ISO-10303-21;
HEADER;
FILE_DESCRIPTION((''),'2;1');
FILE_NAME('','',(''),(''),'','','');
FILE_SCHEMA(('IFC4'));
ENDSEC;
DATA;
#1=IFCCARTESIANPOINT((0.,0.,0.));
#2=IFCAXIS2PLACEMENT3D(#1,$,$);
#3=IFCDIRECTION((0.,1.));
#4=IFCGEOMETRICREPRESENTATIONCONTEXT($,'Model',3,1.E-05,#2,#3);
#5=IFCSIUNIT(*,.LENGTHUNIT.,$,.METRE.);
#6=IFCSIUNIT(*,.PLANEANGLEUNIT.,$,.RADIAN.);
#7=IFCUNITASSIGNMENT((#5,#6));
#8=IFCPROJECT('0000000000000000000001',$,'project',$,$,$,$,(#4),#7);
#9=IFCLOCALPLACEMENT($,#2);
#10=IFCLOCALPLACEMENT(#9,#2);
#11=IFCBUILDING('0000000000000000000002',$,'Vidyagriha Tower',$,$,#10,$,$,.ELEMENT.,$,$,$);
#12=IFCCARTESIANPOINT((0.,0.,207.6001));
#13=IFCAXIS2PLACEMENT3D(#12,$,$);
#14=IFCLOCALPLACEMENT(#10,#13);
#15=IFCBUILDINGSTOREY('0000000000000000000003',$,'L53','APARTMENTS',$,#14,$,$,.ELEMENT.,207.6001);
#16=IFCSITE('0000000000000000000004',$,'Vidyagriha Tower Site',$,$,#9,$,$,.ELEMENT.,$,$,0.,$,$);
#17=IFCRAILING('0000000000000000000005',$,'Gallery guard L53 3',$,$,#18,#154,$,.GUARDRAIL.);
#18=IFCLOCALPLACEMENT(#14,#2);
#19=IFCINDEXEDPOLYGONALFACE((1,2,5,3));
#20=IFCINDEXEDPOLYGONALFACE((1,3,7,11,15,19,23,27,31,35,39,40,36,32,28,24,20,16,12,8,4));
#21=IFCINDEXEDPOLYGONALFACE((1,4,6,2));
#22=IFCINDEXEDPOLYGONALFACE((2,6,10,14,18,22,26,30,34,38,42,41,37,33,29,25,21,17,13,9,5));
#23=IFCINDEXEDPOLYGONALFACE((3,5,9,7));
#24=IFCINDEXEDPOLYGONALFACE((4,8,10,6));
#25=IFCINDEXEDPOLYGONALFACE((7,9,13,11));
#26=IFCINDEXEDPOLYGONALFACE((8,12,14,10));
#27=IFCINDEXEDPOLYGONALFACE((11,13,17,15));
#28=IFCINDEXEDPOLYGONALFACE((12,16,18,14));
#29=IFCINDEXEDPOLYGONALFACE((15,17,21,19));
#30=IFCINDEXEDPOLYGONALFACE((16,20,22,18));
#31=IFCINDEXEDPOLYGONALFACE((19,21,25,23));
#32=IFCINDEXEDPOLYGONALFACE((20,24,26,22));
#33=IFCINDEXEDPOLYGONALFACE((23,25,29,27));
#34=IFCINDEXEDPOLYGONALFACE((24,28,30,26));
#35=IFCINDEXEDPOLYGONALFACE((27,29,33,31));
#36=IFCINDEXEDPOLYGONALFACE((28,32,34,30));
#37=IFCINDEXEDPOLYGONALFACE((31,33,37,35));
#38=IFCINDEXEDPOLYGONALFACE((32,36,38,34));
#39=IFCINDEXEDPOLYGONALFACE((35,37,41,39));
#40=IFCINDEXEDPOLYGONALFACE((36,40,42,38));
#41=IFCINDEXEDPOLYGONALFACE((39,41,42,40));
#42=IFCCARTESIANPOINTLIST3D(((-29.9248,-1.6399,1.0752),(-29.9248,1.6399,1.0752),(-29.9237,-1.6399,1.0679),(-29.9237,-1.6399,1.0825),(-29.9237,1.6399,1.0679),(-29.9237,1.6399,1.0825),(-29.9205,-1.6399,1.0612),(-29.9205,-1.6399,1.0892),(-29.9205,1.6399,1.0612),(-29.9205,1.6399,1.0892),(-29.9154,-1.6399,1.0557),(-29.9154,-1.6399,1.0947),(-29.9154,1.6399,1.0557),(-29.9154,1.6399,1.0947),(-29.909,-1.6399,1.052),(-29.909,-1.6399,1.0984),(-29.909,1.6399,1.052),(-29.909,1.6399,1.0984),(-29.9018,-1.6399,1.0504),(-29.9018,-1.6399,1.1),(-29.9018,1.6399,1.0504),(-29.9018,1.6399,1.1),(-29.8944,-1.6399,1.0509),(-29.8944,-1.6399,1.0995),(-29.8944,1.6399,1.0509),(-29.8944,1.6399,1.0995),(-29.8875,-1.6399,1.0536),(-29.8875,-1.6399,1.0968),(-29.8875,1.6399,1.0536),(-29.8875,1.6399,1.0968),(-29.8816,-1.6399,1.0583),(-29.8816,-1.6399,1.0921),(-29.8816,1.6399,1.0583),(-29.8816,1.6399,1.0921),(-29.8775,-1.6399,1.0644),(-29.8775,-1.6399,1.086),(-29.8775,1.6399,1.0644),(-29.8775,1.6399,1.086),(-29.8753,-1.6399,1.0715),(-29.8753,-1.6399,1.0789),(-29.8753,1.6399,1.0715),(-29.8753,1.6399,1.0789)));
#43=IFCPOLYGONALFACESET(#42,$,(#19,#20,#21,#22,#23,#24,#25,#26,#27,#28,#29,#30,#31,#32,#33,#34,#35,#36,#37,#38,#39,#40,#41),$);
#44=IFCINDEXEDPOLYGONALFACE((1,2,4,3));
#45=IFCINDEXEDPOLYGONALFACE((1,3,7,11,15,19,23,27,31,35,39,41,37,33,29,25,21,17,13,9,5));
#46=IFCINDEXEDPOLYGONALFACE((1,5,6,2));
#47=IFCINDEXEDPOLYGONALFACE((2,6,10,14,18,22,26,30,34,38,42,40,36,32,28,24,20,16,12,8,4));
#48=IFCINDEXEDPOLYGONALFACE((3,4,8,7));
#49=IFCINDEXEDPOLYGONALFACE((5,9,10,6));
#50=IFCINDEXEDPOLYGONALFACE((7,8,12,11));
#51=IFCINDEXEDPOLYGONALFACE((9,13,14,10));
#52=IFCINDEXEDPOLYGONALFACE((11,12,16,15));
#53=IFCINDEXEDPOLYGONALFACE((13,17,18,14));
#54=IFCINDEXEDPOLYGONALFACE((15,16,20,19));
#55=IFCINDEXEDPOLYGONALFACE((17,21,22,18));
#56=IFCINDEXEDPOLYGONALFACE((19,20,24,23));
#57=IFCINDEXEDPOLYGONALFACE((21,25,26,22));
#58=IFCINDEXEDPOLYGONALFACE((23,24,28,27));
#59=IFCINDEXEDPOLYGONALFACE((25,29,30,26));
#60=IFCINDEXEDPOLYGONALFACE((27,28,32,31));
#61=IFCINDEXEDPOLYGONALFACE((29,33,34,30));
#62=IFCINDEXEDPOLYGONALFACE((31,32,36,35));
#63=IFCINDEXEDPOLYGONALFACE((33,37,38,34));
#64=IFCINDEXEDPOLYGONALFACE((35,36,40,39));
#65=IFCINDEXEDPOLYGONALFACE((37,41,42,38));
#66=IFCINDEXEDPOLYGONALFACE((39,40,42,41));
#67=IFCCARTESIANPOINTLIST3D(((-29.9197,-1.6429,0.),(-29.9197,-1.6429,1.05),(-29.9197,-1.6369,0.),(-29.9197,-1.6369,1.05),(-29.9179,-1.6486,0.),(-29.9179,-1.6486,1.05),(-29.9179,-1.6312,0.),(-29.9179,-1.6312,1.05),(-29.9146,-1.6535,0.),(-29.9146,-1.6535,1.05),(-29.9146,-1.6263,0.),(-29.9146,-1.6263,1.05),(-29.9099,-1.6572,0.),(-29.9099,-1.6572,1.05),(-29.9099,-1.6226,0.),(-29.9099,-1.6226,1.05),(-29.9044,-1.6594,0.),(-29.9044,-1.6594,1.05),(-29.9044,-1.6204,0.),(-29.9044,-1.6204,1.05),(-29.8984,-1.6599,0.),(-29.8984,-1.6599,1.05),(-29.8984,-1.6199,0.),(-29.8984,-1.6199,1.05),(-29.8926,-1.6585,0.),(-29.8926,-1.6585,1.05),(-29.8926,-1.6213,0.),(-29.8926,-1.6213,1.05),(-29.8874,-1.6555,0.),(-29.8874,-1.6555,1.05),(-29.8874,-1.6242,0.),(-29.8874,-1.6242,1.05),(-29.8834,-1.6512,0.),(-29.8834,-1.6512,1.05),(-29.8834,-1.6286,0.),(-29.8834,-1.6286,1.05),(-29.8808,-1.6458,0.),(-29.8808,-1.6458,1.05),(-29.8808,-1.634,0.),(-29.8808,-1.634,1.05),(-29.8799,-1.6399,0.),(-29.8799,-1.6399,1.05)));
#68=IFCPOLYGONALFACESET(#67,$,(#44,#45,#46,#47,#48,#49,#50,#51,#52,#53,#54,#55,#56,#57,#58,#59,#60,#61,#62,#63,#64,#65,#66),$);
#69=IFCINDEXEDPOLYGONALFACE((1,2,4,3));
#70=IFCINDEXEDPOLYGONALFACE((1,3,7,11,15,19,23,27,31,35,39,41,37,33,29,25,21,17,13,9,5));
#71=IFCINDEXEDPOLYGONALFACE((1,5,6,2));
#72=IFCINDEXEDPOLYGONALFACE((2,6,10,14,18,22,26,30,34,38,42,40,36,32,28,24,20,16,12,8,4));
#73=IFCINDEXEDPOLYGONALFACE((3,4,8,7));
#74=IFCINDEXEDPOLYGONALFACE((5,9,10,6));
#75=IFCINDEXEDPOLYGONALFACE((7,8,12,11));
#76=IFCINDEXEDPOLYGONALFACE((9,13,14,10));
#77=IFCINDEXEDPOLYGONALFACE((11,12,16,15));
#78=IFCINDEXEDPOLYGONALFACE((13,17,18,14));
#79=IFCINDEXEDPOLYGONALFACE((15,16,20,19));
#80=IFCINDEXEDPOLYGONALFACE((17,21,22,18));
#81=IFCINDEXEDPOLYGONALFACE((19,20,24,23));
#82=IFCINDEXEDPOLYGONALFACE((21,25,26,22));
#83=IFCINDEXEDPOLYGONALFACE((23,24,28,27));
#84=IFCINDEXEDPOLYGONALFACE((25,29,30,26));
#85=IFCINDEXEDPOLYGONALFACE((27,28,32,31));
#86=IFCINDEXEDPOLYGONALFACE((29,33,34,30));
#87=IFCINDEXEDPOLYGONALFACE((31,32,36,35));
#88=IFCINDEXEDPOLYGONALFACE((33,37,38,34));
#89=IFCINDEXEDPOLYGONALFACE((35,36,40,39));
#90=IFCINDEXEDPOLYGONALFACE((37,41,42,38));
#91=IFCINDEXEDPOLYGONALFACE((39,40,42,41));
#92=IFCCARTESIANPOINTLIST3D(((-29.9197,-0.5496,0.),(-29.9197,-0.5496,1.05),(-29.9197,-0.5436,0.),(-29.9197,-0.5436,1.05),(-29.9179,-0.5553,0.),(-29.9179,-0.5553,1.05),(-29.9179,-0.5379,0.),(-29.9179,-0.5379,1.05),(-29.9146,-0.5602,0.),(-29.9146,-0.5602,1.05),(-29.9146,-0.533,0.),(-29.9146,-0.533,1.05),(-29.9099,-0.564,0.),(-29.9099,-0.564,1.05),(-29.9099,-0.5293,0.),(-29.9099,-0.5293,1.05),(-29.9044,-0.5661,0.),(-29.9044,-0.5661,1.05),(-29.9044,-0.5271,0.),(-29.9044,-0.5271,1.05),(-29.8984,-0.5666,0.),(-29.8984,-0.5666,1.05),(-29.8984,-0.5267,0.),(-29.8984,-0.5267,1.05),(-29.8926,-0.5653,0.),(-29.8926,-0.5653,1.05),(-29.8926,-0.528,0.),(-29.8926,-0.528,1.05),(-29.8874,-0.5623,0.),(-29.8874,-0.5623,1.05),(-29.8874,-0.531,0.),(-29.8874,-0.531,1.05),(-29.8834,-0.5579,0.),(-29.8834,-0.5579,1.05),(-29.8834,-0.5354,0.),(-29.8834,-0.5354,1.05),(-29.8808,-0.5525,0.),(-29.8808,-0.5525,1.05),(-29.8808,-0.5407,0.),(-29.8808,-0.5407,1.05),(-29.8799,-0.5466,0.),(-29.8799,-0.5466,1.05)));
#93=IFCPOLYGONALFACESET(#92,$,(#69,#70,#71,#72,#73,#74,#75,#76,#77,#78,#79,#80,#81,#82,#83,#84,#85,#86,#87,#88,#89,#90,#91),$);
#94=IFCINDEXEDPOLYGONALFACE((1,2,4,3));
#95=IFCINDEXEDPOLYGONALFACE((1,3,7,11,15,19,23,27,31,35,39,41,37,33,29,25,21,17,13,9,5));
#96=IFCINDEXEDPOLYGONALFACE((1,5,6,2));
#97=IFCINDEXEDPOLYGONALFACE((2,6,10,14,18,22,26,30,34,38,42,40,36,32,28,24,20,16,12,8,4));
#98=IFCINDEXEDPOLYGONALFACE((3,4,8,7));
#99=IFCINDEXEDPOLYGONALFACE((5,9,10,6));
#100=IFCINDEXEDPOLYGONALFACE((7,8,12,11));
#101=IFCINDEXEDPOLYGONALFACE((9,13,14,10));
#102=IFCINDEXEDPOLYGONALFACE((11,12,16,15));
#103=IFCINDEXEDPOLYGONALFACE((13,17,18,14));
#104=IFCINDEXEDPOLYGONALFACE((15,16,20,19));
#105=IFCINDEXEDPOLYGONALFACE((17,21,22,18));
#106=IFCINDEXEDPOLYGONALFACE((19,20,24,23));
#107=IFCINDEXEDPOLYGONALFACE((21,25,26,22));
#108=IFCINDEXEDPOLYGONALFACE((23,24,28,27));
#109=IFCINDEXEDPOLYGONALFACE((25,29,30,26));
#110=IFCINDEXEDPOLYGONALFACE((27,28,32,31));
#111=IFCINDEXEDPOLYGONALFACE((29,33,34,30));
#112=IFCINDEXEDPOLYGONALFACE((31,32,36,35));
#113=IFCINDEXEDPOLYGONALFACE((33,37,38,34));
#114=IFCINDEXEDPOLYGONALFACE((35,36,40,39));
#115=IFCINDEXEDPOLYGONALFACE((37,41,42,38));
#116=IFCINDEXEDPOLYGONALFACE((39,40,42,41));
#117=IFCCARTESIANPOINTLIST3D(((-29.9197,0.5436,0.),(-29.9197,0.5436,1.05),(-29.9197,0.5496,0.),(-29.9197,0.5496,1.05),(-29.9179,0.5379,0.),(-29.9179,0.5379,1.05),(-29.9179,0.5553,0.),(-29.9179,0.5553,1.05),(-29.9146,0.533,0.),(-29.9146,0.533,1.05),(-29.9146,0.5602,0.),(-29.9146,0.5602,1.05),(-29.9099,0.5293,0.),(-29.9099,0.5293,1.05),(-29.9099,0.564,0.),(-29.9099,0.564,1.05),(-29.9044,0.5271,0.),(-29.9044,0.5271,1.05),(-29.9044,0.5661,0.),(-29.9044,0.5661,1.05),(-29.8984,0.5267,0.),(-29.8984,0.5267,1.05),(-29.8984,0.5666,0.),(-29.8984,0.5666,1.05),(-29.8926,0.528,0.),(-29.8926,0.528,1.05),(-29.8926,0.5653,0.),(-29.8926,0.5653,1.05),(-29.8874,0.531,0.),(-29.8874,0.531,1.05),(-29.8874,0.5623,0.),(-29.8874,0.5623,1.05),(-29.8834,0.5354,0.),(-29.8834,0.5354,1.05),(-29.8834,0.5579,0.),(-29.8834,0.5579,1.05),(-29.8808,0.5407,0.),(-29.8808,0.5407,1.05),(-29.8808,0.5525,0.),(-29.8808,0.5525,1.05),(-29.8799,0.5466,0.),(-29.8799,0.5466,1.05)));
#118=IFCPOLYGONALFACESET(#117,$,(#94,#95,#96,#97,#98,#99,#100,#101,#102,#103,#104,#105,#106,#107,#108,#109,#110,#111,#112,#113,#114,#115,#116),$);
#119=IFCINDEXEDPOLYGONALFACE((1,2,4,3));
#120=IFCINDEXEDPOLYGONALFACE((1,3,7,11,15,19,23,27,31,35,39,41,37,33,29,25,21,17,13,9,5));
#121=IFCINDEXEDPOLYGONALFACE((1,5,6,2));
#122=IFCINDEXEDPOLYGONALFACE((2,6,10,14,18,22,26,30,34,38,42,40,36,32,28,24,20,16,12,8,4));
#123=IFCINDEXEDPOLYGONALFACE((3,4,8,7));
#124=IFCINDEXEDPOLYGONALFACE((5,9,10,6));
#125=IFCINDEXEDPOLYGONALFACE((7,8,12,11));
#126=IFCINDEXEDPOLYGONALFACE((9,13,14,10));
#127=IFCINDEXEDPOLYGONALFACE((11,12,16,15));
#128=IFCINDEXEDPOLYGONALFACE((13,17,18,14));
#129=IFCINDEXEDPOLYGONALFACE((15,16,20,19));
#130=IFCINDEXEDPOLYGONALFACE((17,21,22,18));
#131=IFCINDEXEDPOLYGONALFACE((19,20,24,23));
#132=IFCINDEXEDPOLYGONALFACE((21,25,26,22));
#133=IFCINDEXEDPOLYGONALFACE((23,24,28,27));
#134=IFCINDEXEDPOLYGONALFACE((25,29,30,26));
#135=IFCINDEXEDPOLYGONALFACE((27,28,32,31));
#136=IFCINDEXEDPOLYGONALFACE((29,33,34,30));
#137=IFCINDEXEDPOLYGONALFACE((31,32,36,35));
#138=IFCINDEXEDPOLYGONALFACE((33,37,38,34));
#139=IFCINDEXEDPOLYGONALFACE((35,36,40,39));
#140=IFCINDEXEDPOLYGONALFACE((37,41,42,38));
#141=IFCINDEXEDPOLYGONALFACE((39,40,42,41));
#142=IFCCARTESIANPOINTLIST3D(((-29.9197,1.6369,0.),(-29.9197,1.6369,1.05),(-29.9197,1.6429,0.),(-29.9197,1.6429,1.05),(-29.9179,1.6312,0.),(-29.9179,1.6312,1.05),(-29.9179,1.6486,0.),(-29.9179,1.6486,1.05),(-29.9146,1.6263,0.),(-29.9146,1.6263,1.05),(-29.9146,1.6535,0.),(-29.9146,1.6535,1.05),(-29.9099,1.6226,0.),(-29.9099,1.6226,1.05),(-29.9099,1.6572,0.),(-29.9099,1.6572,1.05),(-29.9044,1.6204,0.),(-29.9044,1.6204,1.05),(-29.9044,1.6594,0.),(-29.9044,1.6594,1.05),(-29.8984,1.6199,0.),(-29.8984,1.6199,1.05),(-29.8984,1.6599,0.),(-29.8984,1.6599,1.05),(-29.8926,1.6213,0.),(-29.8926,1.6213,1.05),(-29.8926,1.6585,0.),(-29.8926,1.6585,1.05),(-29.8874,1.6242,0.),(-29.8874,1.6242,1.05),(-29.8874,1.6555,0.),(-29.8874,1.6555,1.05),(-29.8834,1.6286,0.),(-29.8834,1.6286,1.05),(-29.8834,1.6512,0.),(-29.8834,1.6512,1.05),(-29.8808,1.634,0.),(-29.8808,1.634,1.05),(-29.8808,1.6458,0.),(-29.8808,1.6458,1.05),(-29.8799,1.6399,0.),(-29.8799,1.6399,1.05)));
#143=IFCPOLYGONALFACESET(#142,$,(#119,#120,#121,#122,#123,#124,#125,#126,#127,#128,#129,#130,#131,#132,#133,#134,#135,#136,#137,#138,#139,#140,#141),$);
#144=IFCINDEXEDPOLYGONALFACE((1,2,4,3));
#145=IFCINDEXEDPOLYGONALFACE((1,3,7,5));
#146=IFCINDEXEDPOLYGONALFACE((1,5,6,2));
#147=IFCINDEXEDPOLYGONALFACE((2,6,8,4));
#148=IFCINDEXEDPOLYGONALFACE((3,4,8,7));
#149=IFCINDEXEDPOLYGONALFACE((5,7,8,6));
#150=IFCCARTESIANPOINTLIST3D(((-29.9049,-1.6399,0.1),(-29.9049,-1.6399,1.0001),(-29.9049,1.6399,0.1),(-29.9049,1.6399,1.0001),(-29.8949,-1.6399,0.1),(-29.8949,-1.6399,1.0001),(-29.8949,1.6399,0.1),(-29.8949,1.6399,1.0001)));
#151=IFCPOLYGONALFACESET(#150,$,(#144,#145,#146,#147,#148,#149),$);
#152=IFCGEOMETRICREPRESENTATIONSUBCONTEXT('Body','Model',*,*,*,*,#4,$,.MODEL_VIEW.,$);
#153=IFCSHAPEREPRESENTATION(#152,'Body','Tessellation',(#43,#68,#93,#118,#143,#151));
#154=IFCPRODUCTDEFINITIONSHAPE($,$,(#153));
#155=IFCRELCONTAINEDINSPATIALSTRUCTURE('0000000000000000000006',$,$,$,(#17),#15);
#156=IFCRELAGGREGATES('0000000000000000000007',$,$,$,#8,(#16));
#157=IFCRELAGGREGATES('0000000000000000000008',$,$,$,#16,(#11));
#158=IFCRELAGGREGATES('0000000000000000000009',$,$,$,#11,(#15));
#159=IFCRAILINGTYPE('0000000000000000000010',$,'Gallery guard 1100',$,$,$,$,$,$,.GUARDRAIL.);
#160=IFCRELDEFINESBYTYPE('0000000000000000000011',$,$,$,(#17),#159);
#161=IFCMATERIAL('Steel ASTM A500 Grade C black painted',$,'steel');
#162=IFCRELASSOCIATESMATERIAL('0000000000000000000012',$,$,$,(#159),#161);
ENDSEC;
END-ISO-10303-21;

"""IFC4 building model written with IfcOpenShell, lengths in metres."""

from ifc_helpers import new_model, si_unit, direction, frame, origin, origin_2d, place, context, subcontext, project, spatial, rectangle, circle, extrude, material, type_object, element, save


model = new_model("IFC4")

# Units and contexts
model_context = context("Model", 3, precision=1e-05, world=origin(), true_north=direction((0.0, 1.0)))
body_context = subcontext(model_context, "Body", "Model", "MODEL_VIEW")
ifc_project = project(units=[si_unit("LENGTHUNIT", "METRE"), si_unit("PLANEANGLEUNIT", "RADIAN")], contexts=[model_context])

# Site, building, storey
site_placement = place(None, origin())
site = spatial("IfcSite", under=ifc_project, at=site_placement, Name="Vidyagriha Tower Site", CompositionType="ELEMENT", RefElevation=0.0)
building_placement = place(site_placement, origin())
building = spatial("IfcBuilding", under=site, at=building_placement, Name="Vidyagriha Tower", CompositionType="ELEMENT")
storey_placement = place(building_placement, frame((0.0, 0.0, 207.6001)))
storey = spatial("IfcBuildingStorey", under=building, at=storey_placement, Name="L53", Description="APARTMENTS", CompositionType="ELEMENT", Elevation=207.6001)

# Railing
ifc_material_1 = material(Name="Steel ASTM A500 Grade C black painted", Category="steel")
railing_type_1 = type_object("IfcRailingType", Name="Gallery guard 1100", PredefinedType="GUARDRAIL", material=ifc_material_1)
railing_1_placement = place(storey_placement, frame((-29.8999, -1.6399, 0.0)))
element("IfcRailing", 1, at=railing_1_placement, inside=storey, type_object=railing_type_1, Name="Gallery guard L53 3", PredefinedType="GUARDRAIL", context=body_context, shape_type="SweptSolid", body=[
    extrude(circle(Radius=0.0249, at=origin_2d()), frame((0.0, 0.0, 1.0752), z_axis=(0.0, 1.0, 0.0), x_axis=(-1.0, 0.0, 0.0)), (0.0, 0.0, 1.0), 3.2798),
    extrude(circle(Radius=0.02, at=origin_2d()), origin(), (0.0, 0.0, 1.0), 1.05),
    extrude(circle(Radius=0.02, at=origin_2d()), frame((0.0, 1.0933, 0.0)), (0.0, 0.0, 1.0), 1.05),
    extrude(circle(Radius=0.02, at=origin_2d()), frame((0.0, 2.1865, 0.0)), (0.0, 0.0, 1.0), 1.05),
    extrude(circle(Radius=0.02, at=origin_2d()), frame((0.0, 3.2798, 0.0)), (0.0, 0.0, 1.0), 1.05),
    extrude(rectangle(XDim=0.01, YDim=0.9001, at=origin_2d()), frame((0.0, 0.0, 0.55), z_axis=(0.0, 1.0, 0.0), x_axis=(-1.0, 0.0, 0.0)), (0.0, 0.0, 1.0), 3.2798),
])

save(model, "model.ifc")
